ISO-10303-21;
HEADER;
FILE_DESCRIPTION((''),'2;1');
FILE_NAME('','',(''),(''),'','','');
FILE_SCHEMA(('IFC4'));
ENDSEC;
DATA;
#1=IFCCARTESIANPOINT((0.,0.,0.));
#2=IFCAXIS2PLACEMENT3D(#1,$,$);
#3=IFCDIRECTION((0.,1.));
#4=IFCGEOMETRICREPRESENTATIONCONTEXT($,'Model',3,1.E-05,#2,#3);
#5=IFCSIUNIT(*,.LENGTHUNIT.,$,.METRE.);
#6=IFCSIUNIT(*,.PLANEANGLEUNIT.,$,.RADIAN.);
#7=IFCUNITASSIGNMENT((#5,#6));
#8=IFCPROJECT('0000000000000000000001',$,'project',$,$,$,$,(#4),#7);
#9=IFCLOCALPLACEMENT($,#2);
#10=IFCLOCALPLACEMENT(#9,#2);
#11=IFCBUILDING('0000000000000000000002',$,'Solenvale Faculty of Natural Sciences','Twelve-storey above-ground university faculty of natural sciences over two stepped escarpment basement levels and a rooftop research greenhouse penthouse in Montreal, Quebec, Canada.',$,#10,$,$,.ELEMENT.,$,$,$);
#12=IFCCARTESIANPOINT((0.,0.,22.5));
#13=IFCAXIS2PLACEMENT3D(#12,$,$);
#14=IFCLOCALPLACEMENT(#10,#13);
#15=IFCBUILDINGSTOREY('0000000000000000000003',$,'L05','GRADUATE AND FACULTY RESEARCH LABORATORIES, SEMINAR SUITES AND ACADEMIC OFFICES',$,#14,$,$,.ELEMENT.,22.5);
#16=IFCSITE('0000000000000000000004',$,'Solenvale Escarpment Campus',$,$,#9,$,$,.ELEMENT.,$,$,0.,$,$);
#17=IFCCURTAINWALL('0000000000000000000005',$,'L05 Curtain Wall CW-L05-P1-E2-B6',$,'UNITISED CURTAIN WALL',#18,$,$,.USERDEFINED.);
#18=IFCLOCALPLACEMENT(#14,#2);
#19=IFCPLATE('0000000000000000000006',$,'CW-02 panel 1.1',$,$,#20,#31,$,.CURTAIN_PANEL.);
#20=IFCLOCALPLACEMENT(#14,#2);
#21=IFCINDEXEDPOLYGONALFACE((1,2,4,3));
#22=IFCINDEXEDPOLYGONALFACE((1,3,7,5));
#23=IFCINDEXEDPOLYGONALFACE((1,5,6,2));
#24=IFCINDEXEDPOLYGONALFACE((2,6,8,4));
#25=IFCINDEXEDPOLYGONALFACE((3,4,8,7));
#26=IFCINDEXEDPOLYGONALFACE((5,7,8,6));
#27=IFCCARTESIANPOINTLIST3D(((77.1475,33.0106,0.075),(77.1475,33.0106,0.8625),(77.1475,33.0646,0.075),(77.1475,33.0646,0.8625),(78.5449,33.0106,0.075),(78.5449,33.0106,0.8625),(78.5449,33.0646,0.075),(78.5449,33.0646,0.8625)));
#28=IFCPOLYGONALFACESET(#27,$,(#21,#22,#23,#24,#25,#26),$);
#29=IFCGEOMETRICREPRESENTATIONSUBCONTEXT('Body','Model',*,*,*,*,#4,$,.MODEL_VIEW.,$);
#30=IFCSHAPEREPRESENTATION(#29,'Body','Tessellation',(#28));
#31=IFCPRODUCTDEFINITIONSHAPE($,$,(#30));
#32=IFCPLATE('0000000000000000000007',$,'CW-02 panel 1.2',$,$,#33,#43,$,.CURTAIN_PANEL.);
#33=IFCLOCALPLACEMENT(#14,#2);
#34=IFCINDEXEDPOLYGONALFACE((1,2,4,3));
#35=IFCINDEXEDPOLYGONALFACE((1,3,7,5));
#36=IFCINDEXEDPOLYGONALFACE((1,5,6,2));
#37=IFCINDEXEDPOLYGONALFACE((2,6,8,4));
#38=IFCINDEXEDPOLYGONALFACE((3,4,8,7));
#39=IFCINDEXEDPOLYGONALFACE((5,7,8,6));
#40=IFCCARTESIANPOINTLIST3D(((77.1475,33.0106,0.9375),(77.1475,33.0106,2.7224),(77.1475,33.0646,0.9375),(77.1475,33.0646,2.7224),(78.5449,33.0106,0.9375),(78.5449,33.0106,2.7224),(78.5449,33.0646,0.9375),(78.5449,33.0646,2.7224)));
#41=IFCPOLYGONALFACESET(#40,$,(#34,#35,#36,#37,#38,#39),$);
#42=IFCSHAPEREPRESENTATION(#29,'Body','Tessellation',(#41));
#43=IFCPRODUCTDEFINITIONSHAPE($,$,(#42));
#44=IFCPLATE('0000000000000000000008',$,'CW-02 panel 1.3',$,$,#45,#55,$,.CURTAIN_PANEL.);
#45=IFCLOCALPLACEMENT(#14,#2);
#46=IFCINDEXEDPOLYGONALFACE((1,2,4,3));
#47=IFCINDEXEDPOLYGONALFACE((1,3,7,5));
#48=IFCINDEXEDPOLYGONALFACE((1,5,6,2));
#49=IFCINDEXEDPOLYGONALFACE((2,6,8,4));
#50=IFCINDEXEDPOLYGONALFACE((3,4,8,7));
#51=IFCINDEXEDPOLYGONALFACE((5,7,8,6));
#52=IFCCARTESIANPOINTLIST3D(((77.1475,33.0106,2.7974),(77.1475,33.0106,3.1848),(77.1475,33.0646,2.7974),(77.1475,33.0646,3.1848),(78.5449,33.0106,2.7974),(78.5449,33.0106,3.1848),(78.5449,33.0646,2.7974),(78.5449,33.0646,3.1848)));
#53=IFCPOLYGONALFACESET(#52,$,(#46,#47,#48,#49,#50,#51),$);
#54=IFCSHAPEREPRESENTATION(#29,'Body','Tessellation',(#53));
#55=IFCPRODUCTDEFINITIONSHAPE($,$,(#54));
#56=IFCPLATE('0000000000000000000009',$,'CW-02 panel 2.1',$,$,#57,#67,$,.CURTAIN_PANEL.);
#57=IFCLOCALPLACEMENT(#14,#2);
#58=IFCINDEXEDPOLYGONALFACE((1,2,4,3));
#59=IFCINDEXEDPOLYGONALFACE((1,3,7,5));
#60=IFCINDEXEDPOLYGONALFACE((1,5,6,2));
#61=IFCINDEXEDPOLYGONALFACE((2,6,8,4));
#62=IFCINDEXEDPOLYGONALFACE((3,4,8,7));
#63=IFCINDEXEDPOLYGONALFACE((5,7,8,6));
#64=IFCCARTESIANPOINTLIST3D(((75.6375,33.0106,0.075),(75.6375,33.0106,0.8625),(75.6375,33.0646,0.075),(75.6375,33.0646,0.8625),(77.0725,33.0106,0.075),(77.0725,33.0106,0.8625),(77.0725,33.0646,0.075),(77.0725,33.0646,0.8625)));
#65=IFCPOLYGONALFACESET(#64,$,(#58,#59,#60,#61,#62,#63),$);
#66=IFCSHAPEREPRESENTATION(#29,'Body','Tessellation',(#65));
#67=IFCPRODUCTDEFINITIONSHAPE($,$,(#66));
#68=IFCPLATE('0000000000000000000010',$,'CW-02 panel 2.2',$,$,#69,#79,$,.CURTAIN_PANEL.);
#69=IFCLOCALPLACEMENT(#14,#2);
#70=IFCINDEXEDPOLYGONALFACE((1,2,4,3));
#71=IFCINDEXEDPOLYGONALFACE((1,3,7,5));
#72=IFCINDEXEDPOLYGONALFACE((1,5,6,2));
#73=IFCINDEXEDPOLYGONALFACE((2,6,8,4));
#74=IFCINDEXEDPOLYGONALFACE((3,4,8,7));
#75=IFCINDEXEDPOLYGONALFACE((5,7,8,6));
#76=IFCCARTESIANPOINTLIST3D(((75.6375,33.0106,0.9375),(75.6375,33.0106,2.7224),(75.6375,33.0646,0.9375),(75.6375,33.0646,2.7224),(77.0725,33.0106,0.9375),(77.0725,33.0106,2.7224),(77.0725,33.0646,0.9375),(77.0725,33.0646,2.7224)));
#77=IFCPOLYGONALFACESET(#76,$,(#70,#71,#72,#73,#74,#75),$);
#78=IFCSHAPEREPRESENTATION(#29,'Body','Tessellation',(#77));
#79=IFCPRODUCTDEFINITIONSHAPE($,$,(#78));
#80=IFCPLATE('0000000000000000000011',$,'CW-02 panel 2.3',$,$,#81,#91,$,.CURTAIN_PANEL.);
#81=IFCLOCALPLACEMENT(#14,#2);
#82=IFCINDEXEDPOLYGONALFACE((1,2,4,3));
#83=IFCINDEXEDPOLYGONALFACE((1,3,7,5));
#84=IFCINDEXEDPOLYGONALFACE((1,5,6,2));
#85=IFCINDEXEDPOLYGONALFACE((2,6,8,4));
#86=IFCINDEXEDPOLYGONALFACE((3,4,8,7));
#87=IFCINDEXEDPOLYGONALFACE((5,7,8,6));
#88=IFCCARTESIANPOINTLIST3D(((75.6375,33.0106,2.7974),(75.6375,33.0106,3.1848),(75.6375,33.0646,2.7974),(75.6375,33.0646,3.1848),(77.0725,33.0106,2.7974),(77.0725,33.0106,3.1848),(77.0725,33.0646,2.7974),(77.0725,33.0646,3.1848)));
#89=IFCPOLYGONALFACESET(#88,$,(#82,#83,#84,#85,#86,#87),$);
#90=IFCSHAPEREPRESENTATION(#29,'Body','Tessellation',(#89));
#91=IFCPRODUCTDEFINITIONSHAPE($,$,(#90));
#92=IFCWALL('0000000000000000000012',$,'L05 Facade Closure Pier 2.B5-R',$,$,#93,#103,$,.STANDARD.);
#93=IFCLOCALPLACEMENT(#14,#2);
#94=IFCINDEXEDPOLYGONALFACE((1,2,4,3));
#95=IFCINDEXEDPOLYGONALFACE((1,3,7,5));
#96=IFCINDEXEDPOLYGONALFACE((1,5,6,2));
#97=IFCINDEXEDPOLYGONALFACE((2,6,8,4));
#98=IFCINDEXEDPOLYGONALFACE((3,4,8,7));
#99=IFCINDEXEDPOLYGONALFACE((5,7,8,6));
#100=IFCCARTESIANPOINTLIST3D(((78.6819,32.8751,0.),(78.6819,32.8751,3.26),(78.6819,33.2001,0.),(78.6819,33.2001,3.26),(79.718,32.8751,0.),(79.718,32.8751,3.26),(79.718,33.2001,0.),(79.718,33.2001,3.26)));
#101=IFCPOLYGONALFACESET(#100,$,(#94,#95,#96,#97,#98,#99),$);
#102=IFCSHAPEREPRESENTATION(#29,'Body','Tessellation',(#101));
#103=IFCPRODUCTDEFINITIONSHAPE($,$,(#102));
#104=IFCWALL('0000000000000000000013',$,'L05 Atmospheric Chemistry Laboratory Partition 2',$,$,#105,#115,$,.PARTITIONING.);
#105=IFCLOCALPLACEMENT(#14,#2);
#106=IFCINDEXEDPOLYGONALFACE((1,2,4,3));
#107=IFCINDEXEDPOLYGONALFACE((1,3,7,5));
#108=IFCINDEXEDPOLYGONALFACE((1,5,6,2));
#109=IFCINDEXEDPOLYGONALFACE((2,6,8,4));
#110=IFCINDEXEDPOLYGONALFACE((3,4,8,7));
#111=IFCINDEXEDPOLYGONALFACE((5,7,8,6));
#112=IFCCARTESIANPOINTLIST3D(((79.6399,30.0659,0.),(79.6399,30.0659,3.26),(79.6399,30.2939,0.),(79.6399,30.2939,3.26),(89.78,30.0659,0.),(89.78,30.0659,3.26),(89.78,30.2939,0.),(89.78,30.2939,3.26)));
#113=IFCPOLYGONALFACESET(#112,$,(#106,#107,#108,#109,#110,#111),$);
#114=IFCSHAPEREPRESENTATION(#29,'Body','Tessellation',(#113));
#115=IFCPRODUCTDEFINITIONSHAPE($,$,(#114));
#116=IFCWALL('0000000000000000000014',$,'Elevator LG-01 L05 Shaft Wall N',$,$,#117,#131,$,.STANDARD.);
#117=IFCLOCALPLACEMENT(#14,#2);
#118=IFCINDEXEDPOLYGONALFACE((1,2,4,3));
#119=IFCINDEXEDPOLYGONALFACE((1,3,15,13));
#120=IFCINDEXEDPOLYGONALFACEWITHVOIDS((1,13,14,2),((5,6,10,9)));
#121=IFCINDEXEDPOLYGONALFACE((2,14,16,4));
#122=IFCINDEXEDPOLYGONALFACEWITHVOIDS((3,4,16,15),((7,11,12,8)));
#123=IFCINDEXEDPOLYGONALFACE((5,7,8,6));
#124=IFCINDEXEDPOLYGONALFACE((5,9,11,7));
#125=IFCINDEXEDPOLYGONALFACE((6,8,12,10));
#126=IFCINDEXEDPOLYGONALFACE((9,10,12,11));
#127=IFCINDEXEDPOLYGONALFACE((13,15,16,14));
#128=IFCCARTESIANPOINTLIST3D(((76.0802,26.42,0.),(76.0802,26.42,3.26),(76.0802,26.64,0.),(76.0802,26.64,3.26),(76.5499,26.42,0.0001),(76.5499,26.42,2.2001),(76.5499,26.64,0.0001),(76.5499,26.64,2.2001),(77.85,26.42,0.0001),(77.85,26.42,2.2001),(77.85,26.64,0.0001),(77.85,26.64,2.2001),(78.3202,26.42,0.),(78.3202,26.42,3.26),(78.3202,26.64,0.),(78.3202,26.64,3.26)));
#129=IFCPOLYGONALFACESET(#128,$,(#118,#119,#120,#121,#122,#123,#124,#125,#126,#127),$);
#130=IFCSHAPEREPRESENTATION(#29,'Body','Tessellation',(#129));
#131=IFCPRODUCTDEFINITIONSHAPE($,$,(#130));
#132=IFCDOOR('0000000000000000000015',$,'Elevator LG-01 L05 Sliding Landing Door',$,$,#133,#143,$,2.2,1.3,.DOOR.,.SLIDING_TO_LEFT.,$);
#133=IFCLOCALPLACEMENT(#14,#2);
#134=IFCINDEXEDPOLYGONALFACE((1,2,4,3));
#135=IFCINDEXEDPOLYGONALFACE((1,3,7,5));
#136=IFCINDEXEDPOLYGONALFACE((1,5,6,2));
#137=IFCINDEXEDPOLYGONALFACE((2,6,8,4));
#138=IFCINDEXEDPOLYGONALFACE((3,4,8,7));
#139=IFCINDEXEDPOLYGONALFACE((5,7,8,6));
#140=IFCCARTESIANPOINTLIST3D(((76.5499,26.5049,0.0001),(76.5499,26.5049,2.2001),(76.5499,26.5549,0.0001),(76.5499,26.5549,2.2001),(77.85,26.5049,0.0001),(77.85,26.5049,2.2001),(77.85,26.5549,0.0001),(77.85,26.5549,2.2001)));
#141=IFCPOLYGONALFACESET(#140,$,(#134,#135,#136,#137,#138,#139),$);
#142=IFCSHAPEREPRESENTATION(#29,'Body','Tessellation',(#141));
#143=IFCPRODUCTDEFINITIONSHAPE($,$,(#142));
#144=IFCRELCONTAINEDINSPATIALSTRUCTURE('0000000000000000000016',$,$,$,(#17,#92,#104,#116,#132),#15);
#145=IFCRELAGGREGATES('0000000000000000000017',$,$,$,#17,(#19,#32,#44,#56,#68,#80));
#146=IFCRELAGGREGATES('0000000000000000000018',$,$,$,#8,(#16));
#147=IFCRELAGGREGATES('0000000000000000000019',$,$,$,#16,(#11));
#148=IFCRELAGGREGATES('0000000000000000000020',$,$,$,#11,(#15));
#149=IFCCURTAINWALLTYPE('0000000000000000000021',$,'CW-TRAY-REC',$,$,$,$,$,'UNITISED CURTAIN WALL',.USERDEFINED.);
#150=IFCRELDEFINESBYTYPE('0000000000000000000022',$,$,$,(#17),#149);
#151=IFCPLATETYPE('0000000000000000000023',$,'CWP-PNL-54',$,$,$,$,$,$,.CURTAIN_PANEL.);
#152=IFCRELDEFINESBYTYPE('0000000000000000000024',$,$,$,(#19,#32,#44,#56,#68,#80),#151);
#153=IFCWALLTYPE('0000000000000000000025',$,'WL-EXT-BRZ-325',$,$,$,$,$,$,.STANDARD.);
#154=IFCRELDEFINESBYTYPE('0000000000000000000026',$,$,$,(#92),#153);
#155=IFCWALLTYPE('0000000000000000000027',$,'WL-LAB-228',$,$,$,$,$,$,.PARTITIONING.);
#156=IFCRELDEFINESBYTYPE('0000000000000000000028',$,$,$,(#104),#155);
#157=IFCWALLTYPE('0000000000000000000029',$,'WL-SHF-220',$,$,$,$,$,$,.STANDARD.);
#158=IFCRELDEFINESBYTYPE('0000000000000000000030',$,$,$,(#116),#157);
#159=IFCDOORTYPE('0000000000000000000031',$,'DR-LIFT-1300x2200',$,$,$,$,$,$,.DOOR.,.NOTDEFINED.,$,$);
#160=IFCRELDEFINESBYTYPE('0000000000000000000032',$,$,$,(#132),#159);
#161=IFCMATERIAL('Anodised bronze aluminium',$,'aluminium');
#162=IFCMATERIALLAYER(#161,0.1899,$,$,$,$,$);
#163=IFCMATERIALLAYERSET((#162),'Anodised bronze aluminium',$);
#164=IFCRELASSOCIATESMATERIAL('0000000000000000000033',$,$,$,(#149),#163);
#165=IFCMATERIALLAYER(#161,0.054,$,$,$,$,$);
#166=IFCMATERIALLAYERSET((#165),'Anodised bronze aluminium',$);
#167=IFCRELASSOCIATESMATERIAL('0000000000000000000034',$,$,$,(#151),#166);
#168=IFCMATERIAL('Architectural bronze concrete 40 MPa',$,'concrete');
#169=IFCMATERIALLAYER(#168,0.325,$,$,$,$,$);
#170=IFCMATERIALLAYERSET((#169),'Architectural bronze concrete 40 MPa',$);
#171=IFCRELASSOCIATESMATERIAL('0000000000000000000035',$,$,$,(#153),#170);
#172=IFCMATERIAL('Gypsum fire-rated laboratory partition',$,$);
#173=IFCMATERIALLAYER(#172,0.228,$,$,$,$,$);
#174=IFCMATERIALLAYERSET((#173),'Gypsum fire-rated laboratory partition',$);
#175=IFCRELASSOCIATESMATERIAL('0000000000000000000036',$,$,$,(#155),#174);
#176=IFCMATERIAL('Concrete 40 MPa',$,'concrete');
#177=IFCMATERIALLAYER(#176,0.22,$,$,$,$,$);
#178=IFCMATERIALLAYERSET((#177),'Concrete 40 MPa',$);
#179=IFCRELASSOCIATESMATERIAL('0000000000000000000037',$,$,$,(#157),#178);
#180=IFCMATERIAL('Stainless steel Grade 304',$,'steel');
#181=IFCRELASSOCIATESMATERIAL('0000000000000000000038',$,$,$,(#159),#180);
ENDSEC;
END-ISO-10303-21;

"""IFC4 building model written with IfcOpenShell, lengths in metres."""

from ifc_helpers import new_model, si_unit, direction, frame, frame_2d, origin, origin_2d, place, context, subcontext, project, spatial, rectangle, extrude, material, layer, layer_set, type_object, element, fill, aggregate, save


model = new_model("IFC4")

# Units and contexts
model_context = context("Model", 3, precision=1e-05, world=origin(), true_north=direction((0.0, 1.0)))
body_context = subcontext(model_context, "Body", "Model", "MODEL_VIEW")
ifc_project = project(units=[si_unit("LENGTHUNIT", "METRE"), si_unit("PLANEANGLEUNIT", "RADIAN")], contexts=[model_context])

# Site, building, storey
site_placement = place(None, origin())
site = spatial("IfcSite", under=ifc_project, at=site_placement, Name="Solenvale Escarpment Campus", CompositionType="ELEMENT", RefElevation=0.0)
building_placement = place(site_placement, origin())
building = spatial("IfcBuilding", under=site, at=building_placement, Name="Solenvale Faculty of Natural Sciences", Description="Twelve-storey above-ground university faculty of natural sciences over two stepped escarpment basement levels and a rooftop research greenhouse penthouse in Montreal, Quebec, Canada.", CompositionType="ELEMENT")
storey_placement = place(building_placement, frame((0.0, 0.0, 22.5)))
storey = spatial("IfcBuildingStorey", under=building, at=storey_placement, Name="L05", Description="GRADUATE AND FACULTY RESEARCH LABORATORIES, SEMINAR SUITES AND ACADEMIC OFFICES", CompositionType="ELEMENT", Elevation=22.5)

# Shared definitions
ifc_material_1 = material(Name="Concrete 40 MPa", Category="concrete")

# Shared definitions
ifc_material_2 = material(Name="Anodised bronze aluminium", Category="aluminium")
ifc_layer_1 = layer(ifc_material_2, 0.1899)
ifc_layer_set_1 = layer_set([ifc_layer_1], Name="Anodised bronze aluminium")
curtain_wall_type = type_object("IfcCurtainWallType", Name="CW-TRAY-REC", ElementType="UNITISED CURTAIN WALL", PredefinedType="USERDEFINED", material=ifc_layer_set_1)

# Curtain wall
curtain_wall_1_placement = place(storey_placement, origin())
curtain_wall_1 = element("IfcCurtainWall", 1, at=curtain_wall_1_placement, inside=storey, type_object=curtain_wall_type, Name="L05 Curtain Wall CW-L05-P1-E2-B6", ObjectType="UNITISED CURTAIN WALL", PredefinedType="USERDEFINED")

# Plates
ifc_layer_2 = layer(ifc_material_2, 0.054)
ifc_layer_set_2 = layer_set([ifc_layer_2], Name="Anodised bronze aluminium")
plate_type_1 = type_object("IfcPlateType", Name="CWP-PNL-54", PredefinedType="CURTAIN_PANEL", material=ifc_layer_set_2)
plate_1_placement = place(storey_placement, frame((77.8462, 33.0376, 0.075), z_axis=(0.0, 0.0, 1.0), x_axis=(-1.0, 0.0, 0.0)))
plate_1 = element("IfcPlate", 2, at=plate_1_placement, type_object=plate_type_1, Name="CW-02 panel 1.1", PredefinedType="CURTAIN_PANEL", context=body_context, shape_type="SweptSolid", body=[
    extrude(rectangle(XDim=1.3975, YDim=0.054, at=origin_2d()), origin(), (0.0, 0.0, 1.0), 0.7876),
])
plate_2_placement = place(storey_placement, frame((77.8462, 33.0376, 0.9375), z_axis=(0.0, 0.0, 1.0), x_axis=(-1.0, 0.0, 0.0)))
plate_2 = element("IfcPlate", 3, at=plate_2_placement, type_object=plate_type_1, Name="CW-02 panel 1.2", PredefinedType="CURTAIN_PANEL", context=body_context, shape_type="SweptSolid", body=[
    extrude(rectangle(XDim=1.3975, YDim=0.054, at=origin_2d()), origin(), (0.0, 0.0, 1.0), 1.7849),
])
plate_3_placement = place(storey_placement, frame((77.8462, 33.0376, 2.7974), z_axis=(0.0, 0.0, 1.0), x_axis=(-1.0, 0.0, 0.0)))
plate_3 = element("IfcPlate", 4, at=plate_3_placement, type_object=plate_type_1, Name="CW-02 panel 1.3", PredefinedType="CURTAIN_PANEL", context=body_context, shape_type="SweptSolid", body=[
    extrude(rectangle(XDim=1.3975, YDim=0.054, at=origin_2d()), origin(), (0.0, 0.0, 1.0), 0.3875),
])
plate_4_placement = place(storey_placement, frame((76.355, 33.0376, 0.075), z_axis=(0.0, 0.0, 1.0), x_axis=(-1.0, 0.0, 0.0)))
plate_4 = element("IfcPlate", 5, at=plate_4_placement, type_object=plate_type_1, Name="CW-02 panel 2.1", PredefinedType="CURTAIN_PANEL", context=body_context, shape_type="SweptSolid", body=[
    extrude(rectangle(XDim=1.4351, YDim=0.054, at=origin_2d()), origin(), (0.0, 0.0, 1.0), 0.7876),
])
plate_5_placement = place(storey_placement, frame((76.355, 33.0376, 0.9375), z_axis=(0.0, 0.0, 1.0), x_axis=(-1.0, 0.0, 0.0)))
plate_5 = element("IfcPlate", 6, at=plate_5_placement, type_object=plate_type_1, Name="CW-02 panel 2.2", PredefinedType="CURTAIN_PANEL", context=body_context, shape_type="SweptSolid", body=[
    extrude(rectangle(XDim=1.4351, YDim=0.054, at=origin_2d()), origin(), (0.0, 0.0, 1.0), 1.7849),
])
plate_6_placement = place(storey_placement, frame((76.355, 33.0376, 2.7974), z_axis=(0.0, 0.0, 1.0), x_axis=(-1.0, 0.0, 0.0)))
plate_6 = element("IfcPlate", 7, at=plate_6_placement, type_object=plate_type_1, Name="CW-02 panel 2.3", PredefinedType="CURTAIN_PANEL", context=body_context, shape_type="SweptSolid", body=[
    extrude(rectangle(XDim=1.4351, YDim=0.054, at=origin_2d()), origin(), (0.0, 0.0, 1.0), 0.3875),
])
aggregate(curtain_wall_1, [plate_1, plate_2, plate_3, plate_4, plate_5, plate_6])

# Walls
ifc_material_3 = material(Name="Architectural bronze concrete 40 MPa", Category="concrete")
ifc_layer_3 = layer(ifc_material_3, 0.325)
ifc_layer_set_3 = layer_set([ifc_layer_3], Name="Architectural bronze concrete 40 MPa")
wall_type_1 = type_object("IfcWallType", Name="WL-EXT-BRZ-325", PredefinedType="STANDARD", material=ifc_layer_set_3)
wall_1_placement = place(storey_placement, frame((79.718, 33.0376, 0.0), z_axis=(0.0, 0.0, 1.0), x_axis=(-1.0, 0.0, 0.0)))
element("IfcWall", 8, at=wall_1_placement, inside=storey, type_object=wall_type_1, Name="L05 Facade Closure Pier 2.B5-R", PredefinedType="STANDARD", context=body_context, shape_type="SweptSolid", body=[
    extrude(rectangle(XDim=1.0361, YDim=0.325, at=frame_2d((0.5181, 0.0))), origin(), (0.0, 0.0, 1.0), 3.26),
])
ifc_material_4 = material(Name="Gypsum fire-rated laboratory partition")
ifc_layer_4 = layer(ifc_material_4, 0.228)
ifc_layer_set_4 = layer_set([ifc_layer_4], Name="Gypsum fire-rated laboratory partition")
wall_type_2 = type_object("IfcWallType", Name="WL-LAB-228", PredefinedType="PARTITIONING", material=ifc_layer_set_4)
wall_2_placement = place(storey_placement, frame((79.6399, 30.1799, 0.0), z_axis=(0.0, 0.0, 1.0), x_axis=(1.0, 0.0, 0.0)))
element("IfcWall", 9, at=wall_2_placement, inside=storey, type_object=wall_type_2, Name="L05 Atmospheric Chemistry Laboratory Partition 2", PredefinedType="PARTITIONING", context=body_context, shape_type="SweptSolid", body=[
    extrude(rectangle(XDim=10.1401, YDim=0.228, at=frame_2d((5.0701, 0.0))), origin(), (0.0, 0.0, 1.0), 3.26),
])

# Wall, opening, door
ifc_layer_5 = layer(ifc_material_1, 0.22)
ifc_layer_set_5 = layer_set([ifc_layer_5], Name="Concrete 40 MPa")
wall_type_3 = type_object("IfcWallType", Name="WL-SHF-220", PredefinedType="STANDARD", material=ifc_layer_set_5)
wall_3_placement = place(storey_placement, frame((76.0801, 26.53, 0.0), z_axis=(0.0, 0.0, 1.0), x_axis=(1.0, 0.0, 0.0)))
wall_3 = element("IfcWall", 10, at=wall_3_placement, inside=storey, type_object=wall_type_3, Name="Elevator LG-01 L05 Shaft Wall N", PredefinedType="STANDARD", context=body_context, shape_type="SweptSolid", body=[
    extrude(rectangle(XDim=2.24, YDim=0.22, at=frame_2d((1.1201, 0.0))), origin(), (0.0, 0.0, 1.0), 3.26),
])
opening_placement = place(wall_3_placement, frame((0.47, 0.0, 0.0)))
opening = element("IfcOpeningElement", 11, at=opening_placement, cuts=wall_3, PredefinedType="OPENING", context=body_context, shape_type="SweptSolid", body=[
    extrude(rectangle(XDim=1.3, YDim=2.2, at=frame_2d((0.6499, 1.1001))), frame((0.0, 0.1199, 0.0), z_axis=(0.0, -1.0, 0.0), x_axis=(1.0, 0.0, 0.0)), (0.0, 0.0, 1.0), 0.24),
])
ifc_material_5 = material(Name="Stainless steel Grade 304", Category="steel")
door_type = type_object("IfcDoorType", Name="DR-LIFT-1300x2200", OperationType="NOTDEFINED", PredefinedType="DOOR", material=ifc_material_5)
door_placement = place(opening_placement, origin())
door = element("IfcDoor", 12, at=door_placement, inside=storey, type_object=door_type, Name="Elevator LG-01 L05 Sliding Landing Door", OperationType="SLIDING_TO_LEFT", OverallHeight=2.2, OverallWidth=1.3, PredefinedType="DOOR", context=body_context, shape_type="SweptSolid", body=[
    extrude(rectangle(XDim=1.3, YDim=2.2, at=frame_2d((0.6499, 1.1001))), frame((0.0, 0.0249, 0.0), z_axis=(0.0, -1.0, 0.0), x_axis=(1.0, 0.0, 0.0)), (0.0, 0.0, 1.0), 0.05),
])
fill(opening, door)

save(model, "model.ifc")
